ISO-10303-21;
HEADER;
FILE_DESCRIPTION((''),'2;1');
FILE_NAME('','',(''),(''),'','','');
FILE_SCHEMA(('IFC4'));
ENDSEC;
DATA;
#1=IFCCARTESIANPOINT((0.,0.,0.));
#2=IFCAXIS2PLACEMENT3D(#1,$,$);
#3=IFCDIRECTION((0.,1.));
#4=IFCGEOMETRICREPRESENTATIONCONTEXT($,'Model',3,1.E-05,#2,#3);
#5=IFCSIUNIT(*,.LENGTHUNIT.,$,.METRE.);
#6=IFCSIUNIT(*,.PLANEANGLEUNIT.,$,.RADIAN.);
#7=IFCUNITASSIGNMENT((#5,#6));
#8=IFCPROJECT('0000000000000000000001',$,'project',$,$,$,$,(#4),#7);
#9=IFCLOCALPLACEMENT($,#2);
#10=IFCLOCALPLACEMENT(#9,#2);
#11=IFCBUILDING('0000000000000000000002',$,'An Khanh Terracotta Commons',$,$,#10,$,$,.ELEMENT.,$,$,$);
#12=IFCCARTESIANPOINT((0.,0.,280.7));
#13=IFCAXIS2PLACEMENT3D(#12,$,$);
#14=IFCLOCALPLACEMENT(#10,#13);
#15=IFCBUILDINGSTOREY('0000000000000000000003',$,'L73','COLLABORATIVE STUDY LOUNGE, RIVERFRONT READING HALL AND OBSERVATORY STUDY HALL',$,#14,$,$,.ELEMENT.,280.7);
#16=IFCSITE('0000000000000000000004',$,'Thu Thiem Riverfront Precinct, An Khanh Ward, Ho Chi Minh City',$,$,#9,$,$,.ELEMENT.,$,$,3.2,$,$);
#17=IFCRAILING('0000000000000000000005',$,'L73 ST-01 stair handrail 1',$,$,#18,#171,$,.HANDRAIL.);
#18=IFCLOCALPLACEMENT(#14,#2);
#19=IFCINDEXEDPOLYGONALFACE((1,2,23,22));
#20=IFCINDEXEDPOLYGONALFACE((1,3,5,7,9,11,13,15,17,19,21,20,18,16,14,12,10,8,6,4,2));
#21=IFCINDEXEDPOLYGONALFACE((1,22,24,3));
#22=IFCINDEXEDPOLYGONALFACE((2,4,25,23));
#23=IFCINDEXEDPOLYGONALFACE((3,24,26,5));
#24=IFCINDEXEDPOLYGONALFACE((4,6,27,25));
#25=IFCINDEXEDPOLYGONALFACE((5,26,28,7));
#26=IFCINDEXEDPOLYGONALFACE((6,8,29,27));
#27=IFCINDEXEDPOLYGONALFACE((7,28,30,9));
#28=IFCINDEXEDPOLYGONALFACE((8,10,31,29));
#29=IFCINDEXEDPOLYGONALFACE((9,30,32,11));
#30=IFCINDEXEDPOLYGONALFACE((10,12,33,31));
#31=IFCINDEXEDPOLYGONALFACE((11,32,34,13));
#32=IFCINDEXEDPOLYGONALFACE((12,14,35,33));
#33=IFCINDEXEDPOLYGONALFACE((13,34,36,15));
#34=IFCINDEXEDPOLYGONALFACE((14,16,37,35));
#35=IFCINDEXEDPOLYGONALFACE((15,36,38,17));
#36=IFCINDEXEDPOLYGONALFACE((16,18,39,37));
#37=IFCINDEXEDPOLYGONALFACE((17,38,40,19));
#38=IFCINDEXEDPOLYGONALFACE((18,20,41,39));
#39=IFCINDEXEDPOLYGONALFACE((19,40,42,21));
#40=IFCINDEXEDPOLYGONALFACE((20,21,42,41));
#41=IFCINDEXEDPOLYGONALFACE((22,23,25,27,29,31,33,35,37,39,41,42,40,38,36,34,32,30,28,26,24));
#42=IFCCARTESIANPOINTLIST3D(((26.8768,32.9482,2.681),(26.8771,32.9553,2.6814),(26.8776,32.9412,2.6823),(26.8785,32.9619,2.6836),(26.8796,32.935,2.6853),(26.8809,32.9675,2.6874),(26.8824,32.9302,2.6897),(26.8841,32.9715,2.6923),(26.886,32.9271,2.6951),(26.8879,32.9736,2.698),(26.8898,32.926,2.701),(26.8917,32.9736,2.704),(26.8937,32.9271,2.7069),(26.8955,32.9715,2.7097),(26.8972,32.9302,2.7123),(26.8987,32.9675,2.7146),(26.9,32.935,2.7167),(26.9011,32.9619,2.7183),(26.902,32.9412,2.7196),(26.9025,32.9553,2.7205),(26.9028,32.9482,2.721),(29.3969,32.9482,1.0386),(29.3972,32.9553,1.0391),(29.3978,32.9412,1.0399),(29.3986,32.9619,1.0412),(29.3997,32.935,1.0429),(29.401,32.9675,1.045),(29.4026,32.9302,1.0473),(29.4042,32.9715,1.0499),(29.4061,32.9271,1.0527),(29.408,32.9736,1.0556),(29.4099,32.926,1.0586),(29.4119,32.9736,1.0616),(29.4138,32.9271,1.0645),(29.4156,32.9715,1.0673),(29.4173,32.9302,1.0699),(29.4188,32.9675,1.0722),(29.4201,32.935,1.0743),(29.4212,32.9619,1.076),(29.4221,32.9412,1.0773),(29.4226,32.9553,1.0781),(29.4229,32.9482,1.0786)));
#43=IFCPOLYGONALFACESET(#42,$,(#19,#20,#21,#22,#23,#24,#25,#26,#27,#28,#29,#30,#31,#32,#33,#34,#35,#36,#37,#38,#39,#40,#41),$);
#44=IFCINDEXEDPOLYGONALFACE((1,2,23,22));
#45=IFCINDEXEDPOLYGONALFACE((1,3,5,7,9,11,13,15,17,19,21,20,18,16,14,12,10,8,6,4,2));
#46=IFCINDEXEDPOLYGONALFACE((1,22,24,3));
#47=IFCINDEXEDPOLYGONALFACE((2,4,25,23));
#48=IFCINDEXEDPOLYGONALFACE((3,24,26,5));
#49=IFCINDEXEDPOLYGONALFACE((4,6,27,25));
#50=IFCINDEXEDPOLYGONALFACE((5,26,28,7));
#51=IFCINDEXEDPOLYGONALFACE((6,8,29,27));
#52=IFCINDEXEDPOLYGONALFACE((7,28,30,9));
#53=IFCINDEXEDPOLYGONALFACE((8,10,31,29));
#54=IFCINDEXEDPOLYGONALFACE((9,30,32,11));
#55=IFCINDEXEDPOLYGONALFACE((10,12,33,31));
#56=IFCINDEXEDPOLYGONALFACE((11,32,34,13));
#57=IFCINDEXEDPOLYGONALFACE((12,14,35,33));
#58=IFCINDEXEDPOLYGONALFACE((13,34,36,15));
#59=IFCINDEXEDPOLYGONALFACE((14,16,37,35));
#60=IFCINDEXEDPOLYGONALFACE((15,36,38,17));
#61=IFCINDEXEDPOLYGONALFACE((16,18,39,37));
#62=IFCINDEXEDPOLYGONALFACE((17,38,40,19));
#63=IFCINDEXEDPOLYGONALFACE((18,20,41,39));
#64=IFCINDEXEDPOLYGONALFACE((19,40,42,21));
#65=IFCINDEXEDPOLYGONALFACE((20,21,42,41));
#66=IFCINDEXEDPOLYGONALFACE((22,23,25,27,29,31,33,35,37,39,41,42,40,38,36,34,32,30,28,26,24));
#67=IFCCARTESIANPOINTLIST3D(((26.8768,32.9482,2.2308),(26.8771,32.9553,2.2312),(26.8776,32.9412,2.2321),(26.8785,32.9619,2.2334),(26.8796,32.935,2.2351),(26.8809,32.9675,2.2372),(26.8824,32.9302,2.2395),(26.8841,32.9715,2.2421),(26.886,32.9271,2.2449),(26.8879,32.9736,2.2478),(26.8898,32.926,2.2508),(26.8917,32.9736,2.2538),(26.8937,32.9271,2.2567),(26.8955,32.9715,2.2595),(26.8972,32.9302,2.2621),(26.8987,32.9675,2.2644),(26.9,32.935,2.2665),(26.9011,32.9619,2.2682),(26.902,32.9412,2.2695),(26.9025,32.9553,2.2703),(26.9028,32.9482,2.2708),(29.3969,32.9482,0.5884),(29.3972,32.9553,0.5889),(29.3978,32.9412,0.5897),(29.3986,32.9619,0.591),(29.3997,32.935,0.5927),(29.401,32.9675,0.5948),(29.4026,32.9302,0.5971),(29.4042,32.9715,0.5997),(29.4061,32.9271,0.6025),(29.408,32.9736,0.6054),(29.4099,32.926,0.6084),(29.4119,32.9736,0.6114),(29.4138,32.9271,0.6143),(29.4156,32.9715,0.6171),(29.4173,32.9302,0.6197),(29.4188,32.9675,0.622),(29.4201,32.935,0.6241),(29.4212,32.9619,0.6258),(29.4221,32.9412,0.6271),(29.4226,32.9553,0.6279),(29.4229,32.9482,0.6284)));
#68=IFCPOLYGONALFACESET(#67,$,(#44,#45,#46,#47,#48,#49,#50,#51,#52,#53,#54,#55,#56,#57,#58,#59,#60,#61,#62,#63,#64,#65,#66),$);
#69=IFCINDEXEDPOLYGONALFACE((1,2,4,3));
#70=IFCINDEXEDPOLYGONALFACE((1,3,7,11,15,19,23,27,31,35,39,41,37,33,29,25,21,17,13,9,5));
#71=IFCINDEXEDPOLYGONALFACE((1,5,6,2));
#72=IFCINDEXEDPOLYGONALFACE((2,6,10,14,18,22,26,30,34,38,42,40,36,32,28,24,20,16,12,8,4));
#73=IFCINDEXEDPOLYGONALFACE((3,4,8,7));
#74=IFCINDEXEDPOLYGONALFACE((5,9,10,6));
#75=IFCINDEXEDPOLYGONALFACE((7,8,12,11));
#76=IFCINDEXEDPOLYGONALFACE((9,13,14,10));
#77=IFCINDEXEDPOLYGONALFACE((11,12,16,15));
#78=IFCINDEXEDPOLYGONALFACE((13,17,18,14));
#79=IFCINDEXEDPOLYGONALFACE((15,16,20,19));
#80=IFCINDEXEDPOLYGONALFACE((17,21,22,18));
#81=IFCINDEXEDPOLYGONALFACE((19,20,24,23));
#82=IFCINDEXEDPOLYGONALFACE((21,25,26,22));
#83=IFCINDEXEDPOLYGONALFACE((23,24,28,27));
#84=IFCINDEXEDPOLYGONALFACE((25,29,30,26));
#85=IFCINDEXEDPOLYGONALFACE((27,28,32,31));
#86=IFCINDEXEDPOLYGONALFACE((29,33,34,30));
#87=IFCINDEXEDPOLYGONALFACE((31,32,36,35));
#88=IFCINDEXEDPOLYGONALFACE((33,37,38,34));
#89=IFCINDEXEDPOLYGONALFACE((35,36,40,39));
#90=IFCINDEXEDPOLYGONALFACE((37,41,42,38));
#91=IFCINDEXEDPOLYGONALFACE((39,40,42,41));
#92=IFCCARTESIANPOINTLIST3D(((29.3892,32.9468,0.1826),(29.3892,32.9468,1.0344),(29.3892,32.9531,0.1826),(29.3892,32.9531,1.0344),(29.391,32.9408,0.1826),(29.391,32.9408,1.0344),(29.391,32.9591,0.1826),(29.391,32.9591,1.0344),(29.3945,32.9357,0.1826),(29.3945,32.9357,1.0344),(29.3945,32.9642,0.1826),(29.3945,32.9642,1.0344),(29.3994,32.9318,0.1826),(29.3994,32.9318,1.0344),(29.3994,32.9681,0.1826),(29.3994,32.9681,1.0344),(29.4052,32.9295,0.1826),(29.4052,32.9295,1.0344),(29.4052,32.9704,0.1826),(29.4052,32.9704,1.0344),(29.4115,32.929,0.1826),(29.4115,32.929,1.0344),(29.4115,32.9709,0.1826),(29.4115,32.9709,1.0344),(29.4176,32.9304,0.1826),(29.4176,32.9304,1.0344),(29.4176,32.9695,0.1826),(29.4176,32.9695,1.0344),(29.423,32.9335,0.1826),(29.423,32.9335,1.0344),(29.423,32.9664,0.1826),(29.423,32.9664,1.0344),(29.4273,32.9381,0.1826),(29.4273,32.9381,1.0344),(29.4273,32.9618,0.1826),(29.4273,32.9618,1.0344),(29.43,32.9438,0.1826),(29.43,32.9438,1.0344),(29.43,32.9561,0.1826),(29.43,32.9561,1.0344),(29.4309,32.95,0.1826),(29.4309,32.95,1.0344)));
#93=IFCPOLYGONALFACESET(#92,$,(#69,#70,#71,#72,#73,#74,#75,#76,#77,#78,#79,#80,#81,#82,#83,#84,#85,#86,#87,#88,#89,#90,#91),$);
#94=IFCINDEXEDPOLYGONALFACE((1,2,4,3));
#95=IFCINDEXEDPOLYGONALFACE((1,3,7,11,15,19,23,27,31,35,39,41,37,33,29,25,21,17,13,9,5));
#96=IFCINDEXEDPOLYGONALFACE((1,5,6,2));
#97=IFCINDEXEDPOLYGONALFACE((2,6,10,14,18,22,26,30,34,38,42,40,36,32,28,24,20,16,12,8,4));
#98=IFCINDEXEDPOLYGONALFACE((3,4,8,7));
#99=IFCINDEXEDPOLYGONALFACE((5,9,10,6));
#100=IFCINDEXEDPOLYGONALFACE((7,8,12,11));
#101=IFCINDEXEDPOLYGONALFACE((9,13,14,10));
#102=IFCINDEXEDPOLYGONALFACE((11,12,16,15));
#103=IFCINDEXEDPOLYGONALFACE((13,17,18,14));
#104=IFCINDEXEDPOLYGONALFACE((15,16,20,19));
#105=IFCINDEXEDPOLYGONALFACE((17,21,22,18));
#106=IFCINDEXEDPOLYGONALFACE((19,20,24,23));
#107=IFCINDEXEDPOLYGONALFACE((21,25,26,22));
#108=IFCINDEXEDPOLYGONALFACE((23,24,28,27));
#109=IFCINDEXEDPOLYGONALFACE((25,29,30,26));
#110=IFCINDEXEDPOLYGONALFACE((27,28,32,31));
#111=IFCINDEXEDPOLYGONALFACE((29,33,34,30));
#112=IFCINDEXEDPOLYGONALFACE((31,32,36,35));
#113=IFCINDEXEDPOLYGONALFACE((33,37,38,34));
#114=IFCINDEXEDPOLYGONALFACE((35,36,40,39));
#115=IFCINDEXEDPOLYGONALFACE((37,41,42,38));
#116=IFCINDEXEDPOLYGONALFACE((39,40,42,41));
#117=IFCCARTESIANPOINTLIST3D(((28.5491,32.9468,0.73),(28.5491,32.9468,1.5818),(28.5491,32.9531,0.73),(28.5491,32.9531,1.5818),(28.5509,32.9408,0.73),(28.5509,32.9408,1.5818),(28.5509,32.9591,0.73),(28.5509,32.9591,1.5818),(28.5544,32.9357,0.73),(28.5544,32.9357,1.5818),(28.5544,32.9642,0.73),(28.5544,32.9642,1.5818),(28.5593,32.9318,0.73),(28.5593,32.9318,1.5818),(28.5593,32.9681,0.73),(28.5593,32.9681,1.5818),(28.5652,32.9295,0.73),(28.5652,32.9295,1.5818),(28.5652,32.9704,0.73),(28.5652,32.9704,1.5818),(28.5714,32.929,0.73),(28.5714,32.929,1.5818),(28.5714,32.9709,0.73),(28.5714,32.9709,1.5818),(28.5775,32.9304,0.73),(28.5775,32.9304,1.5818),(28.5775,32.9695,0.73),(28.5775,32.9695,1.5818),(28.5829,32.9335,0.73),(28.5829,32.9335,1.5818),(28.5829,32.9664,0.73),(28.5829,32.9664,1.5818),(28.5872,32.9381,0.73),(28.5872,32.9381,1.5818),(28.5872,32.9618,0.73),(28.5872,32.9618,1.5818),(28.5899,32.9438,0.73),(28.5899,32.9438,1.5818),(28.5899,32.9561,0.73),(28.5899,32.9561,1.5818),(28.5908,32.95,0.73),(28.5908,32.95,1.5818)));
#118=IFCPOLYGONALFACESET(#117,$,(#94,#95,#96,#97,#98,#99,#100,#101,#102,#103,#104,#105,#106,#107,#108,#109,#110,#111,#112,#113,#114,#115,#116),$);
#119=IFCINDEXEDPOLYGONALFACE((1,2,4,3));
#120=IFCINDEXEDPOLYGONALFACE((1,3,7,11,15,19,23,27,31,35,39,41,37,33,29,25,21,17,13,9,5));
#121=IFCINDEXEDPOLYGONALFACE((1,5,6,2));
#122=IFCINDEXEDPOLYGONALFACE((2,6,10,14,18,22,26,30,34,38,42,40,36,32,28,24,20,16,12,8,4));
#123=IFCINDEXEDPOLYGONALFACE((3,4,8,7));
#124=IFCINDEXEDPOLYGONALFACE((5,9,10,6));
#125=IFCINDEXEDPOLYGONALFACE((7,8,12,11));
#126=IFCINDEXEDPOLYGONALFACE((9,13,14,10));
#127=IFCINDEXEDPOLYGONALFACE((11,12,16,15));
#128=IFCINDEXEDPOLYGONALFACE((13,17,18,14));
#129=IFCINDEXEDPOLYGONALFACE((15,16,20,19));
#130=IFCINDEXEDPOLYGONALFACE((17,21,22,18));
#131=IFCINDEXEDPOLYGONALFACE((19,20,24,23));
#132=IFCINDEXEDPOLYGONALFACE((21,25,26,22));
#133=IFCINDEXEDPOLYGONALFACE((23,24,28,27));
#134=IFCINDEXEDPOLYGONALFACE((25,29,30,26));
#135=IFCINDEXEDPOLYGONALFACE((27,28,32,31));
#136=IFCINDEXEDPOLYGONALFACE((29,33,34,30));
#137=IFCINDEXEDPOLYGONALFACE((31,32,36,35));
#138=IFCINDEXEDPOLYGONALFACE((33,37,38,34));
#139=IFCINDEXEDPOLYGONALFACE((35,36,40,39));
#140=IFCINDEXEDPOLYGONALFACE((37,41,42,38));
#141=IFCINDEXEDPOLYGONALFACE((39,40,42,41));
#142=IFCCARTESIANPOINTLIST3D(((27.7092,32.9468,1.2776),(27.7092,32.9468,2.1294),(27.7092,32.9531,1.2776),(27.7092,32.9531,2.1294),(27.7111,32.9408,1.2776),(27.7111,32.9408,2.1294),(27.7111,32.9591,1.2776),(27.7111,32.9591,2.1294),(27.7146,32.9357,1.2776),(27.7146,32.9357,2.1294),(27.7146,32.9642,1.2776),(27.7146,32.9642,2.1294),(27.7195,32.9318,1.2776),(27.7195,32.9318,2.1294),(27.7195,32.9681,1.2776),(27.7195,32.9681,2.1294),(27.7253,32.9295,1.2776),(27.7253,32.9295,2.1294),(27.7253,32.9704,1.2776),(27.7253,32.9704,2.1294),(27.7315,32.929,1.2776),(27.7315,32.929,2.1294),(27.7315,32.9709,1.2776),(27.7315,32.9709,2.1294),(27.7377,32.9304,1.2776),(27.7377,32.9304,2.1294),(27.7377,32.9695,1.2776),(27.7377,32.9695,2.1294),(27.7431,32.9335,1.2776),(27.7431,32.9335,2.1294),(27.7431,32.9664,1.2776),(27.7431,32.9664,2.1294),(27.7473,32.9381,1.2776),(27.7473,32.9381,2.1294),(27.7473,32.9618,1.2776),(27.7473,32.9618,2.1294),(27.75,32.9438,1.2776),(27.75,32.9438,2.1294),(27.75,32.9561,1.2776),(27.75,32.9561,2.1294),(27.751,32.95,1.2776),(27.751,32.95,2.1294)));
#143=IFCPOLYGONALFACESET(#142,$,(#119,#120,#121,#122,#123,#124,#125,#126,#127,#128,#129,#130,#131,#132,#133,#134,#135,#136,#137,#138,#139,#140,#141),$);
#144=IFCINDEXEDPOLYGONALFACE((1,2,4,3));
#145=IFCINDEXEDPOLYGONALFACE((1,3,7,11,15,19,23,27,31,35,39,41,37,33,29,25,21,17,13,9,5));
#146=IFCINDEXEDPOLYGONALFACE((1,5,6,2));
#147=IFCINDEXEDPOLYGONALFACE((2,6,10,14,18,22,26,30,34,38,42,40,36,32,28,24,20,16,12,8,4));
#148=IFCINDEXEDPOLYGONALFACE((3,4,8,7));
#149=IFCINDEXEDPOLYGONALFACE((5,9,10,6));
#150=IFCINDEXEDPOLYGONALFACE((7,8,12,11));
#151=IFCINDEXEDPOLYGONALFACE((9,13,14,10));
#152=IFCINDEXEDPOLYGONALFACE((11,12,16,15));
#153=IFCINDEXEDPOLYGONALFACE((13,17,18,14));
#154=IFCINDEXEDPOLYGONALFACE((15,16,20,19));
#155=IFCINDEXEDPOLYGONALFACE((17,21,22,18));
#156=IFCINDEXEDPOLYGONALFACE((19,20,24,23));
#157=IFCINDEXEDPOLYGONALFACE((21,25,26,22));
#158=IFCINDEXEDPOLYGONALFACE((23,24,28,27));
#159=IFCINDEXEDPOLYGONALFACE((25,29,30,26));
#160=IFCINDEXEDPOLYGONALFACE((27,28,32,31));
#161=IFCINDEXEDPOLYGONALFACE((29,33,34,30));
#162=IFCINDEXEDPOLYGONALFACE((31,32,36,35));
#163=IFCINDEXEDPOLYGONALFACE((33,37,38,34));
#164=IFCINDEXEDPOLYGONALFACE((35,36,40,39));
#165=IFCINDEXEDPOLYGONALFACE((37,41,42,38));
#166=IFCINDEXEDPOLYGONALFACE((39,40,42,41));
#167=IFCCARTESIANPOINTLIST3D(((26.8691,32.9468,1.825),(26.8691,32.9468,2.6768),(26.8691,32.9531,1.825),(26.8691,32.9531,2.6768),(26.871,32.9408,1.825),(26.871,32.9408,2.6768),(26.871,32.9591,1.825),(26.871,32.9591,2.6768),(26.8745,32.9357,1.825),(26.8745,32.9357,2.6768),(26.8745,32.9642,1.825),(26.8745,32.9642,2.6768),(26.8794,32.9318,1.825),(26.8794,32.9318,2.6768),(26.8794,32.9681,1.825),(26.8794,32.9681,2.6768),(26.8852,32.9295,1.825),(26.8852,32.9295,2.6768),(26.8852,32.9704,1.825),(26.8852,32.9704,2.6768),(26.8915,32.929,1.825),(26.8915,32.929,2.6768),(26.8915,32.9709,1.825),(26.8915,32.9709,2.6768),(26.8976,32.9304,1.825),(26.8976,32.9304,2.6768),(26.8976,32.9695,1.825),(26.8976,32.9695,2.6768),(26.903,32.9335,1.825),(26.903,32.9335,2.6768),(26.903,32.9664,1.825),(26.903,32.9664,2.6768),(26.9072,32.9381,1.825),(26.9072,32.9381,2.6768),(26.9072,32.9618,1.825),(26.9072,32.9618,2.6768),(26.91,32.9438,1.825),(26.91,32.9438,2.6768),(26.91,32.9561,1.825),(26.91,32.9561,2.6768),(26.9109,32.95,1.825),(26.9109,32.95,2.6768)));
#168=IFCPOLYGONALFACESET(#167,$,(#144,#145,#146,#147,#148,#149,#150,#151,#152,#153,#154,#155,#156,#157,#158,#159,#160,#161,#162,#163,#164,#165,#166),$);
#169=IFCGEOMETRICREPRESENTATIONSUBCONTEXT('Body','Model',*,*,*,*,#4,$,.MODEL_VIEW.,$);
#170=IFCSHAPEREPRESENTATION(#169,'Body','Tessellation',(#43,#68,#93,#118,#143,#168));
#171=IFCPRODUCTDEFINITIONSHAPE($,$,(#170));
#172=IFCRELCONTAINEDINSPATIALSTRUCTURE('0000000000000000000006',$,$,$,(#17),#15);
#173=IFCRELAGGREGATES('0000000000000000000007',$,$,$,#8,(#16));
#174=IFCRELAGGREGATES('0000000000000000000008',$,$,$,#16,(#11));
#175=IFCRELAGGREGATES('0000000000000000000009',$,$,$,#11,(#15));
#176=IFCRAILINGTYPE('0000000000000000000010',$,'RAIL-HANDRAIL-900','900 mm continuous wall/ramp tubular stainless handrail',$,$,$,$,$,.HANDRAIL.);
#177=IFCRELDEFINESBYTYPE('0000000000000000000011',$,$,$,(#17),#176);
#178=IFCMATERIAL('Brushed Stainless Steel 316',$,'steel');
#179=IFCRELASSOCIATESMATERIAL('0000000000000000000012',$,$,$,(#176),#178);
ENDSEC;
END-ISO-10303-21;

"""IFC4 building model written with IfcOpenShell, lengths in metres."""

from ifc_helpers import new_model, si_unit, direction, frame, origin, origin_2d, place, context, subcontext, project, spatial, circle, extrude, material, type_object, element, save


model = new_model("IFC4")

# Units and contexts
model_context = context("Model", 3, precision=1e-05, world=origin(), true_north=direction((0.0, 1.0)))
body_context = subcontext(model_context, "Body", "Model", "MODEL_VIEW")
ifc_project = project(units=[si_unit("LENGTHUNIT", "METRE"), si_unit("PLANEANGLEUNIT", "RADIAN")], contexts=[model_context])

# Site, building, storey
site_placement = place(None, origin())
site = spatial("IfcSite", under=ifc_project, at=site_placement, Name="Thu Thiem Riverfront Precinct, An Khanh Ward, Ho Chi Minh City", CompositionType="ELEMENT", RefElevation=3.2)
building_placement = place(site_placement, origin())
building = spatial("IfcBuilding", under=site, at=building_placement, Name="An Khanh Terracotta Commons", CompositionType="ELEMENT")
storey_placement = place(building_placement, frame((0.0, 0.0, 280.7)))
storey = spatial("IfcBuildingStorey", under=building, at=storey_placement, Name="L73", Description="COLLABORATIVE STUDY LOUNGE, RIVERFRONT READING HALL AND OBSERVATORY STUDY HALL", CompositionType="ELEMENT", Elevation=280.7)

# Railing
ifc_material_1 = material(Name="Brushed Stainless Steel 316", Category="steel")
railing_type_1 = type_object("IfcRailingType", Name="RAIL-HANDRAIL-900", Description="900 mm continuous wall/ramp tubular stainless handrail", PredefinedType="HANDRAIL", material=ifc_material_1)
railing_1_placement = place(storey_placement, frame((29.4099, 32.95, 0.1826)))
element("IfcRailing", 1, at=railing_1_placement, inside=storey, type_object=railing_type_1, Name="L73 ST-01 stair handrail 1", PredefinedType="HANDRAIL", context=body_context, shape_type="SweptSolid", body=[
    extrude(circle(Radius=0.0239, at=origin_2d()), frame((0.0, 0.0, 0.876), z_axis=(-0.837787, 0.0, 0.545998), x_axis=(0.0, -1.0, 0.0)), (0.0, 0.0, 1.0), 3.0081),
    extrude(circle(Radius=0.0239, at=origin_2d()), frame((0.0, 0.0, 0.4258), z_axis=(-0.837787, 0.0, 0.545998), x_axis=(0.0, -1.0, 0.0)), (0.0, 0.0, 1.0), 3.0081),
    extrude(circle(Radius=0.021, at=origin_2d()), origin(), (0.0, 0.0, 1.0), 0.8518),
    extrude(circle(Radius=0.021, at=origin_2d()), frame((-0.8401, 0.0, 0.5474)), (0.0, 0.0, 1.0), 0.8518),
    extrude(circle(Radius=0.021, at=origin_2d()), frame((-1.6799, 0.0, 1.095)), (0.0, 0.0, 1.0), 0.8518),
    extrude(circle(Radius=0.021, at=origin_2d()), frame((-2.52, 0.0, 1.6423)), (0.0, 0.0, 1.0), 0.8518),
])

save(model, "model.ifc")
